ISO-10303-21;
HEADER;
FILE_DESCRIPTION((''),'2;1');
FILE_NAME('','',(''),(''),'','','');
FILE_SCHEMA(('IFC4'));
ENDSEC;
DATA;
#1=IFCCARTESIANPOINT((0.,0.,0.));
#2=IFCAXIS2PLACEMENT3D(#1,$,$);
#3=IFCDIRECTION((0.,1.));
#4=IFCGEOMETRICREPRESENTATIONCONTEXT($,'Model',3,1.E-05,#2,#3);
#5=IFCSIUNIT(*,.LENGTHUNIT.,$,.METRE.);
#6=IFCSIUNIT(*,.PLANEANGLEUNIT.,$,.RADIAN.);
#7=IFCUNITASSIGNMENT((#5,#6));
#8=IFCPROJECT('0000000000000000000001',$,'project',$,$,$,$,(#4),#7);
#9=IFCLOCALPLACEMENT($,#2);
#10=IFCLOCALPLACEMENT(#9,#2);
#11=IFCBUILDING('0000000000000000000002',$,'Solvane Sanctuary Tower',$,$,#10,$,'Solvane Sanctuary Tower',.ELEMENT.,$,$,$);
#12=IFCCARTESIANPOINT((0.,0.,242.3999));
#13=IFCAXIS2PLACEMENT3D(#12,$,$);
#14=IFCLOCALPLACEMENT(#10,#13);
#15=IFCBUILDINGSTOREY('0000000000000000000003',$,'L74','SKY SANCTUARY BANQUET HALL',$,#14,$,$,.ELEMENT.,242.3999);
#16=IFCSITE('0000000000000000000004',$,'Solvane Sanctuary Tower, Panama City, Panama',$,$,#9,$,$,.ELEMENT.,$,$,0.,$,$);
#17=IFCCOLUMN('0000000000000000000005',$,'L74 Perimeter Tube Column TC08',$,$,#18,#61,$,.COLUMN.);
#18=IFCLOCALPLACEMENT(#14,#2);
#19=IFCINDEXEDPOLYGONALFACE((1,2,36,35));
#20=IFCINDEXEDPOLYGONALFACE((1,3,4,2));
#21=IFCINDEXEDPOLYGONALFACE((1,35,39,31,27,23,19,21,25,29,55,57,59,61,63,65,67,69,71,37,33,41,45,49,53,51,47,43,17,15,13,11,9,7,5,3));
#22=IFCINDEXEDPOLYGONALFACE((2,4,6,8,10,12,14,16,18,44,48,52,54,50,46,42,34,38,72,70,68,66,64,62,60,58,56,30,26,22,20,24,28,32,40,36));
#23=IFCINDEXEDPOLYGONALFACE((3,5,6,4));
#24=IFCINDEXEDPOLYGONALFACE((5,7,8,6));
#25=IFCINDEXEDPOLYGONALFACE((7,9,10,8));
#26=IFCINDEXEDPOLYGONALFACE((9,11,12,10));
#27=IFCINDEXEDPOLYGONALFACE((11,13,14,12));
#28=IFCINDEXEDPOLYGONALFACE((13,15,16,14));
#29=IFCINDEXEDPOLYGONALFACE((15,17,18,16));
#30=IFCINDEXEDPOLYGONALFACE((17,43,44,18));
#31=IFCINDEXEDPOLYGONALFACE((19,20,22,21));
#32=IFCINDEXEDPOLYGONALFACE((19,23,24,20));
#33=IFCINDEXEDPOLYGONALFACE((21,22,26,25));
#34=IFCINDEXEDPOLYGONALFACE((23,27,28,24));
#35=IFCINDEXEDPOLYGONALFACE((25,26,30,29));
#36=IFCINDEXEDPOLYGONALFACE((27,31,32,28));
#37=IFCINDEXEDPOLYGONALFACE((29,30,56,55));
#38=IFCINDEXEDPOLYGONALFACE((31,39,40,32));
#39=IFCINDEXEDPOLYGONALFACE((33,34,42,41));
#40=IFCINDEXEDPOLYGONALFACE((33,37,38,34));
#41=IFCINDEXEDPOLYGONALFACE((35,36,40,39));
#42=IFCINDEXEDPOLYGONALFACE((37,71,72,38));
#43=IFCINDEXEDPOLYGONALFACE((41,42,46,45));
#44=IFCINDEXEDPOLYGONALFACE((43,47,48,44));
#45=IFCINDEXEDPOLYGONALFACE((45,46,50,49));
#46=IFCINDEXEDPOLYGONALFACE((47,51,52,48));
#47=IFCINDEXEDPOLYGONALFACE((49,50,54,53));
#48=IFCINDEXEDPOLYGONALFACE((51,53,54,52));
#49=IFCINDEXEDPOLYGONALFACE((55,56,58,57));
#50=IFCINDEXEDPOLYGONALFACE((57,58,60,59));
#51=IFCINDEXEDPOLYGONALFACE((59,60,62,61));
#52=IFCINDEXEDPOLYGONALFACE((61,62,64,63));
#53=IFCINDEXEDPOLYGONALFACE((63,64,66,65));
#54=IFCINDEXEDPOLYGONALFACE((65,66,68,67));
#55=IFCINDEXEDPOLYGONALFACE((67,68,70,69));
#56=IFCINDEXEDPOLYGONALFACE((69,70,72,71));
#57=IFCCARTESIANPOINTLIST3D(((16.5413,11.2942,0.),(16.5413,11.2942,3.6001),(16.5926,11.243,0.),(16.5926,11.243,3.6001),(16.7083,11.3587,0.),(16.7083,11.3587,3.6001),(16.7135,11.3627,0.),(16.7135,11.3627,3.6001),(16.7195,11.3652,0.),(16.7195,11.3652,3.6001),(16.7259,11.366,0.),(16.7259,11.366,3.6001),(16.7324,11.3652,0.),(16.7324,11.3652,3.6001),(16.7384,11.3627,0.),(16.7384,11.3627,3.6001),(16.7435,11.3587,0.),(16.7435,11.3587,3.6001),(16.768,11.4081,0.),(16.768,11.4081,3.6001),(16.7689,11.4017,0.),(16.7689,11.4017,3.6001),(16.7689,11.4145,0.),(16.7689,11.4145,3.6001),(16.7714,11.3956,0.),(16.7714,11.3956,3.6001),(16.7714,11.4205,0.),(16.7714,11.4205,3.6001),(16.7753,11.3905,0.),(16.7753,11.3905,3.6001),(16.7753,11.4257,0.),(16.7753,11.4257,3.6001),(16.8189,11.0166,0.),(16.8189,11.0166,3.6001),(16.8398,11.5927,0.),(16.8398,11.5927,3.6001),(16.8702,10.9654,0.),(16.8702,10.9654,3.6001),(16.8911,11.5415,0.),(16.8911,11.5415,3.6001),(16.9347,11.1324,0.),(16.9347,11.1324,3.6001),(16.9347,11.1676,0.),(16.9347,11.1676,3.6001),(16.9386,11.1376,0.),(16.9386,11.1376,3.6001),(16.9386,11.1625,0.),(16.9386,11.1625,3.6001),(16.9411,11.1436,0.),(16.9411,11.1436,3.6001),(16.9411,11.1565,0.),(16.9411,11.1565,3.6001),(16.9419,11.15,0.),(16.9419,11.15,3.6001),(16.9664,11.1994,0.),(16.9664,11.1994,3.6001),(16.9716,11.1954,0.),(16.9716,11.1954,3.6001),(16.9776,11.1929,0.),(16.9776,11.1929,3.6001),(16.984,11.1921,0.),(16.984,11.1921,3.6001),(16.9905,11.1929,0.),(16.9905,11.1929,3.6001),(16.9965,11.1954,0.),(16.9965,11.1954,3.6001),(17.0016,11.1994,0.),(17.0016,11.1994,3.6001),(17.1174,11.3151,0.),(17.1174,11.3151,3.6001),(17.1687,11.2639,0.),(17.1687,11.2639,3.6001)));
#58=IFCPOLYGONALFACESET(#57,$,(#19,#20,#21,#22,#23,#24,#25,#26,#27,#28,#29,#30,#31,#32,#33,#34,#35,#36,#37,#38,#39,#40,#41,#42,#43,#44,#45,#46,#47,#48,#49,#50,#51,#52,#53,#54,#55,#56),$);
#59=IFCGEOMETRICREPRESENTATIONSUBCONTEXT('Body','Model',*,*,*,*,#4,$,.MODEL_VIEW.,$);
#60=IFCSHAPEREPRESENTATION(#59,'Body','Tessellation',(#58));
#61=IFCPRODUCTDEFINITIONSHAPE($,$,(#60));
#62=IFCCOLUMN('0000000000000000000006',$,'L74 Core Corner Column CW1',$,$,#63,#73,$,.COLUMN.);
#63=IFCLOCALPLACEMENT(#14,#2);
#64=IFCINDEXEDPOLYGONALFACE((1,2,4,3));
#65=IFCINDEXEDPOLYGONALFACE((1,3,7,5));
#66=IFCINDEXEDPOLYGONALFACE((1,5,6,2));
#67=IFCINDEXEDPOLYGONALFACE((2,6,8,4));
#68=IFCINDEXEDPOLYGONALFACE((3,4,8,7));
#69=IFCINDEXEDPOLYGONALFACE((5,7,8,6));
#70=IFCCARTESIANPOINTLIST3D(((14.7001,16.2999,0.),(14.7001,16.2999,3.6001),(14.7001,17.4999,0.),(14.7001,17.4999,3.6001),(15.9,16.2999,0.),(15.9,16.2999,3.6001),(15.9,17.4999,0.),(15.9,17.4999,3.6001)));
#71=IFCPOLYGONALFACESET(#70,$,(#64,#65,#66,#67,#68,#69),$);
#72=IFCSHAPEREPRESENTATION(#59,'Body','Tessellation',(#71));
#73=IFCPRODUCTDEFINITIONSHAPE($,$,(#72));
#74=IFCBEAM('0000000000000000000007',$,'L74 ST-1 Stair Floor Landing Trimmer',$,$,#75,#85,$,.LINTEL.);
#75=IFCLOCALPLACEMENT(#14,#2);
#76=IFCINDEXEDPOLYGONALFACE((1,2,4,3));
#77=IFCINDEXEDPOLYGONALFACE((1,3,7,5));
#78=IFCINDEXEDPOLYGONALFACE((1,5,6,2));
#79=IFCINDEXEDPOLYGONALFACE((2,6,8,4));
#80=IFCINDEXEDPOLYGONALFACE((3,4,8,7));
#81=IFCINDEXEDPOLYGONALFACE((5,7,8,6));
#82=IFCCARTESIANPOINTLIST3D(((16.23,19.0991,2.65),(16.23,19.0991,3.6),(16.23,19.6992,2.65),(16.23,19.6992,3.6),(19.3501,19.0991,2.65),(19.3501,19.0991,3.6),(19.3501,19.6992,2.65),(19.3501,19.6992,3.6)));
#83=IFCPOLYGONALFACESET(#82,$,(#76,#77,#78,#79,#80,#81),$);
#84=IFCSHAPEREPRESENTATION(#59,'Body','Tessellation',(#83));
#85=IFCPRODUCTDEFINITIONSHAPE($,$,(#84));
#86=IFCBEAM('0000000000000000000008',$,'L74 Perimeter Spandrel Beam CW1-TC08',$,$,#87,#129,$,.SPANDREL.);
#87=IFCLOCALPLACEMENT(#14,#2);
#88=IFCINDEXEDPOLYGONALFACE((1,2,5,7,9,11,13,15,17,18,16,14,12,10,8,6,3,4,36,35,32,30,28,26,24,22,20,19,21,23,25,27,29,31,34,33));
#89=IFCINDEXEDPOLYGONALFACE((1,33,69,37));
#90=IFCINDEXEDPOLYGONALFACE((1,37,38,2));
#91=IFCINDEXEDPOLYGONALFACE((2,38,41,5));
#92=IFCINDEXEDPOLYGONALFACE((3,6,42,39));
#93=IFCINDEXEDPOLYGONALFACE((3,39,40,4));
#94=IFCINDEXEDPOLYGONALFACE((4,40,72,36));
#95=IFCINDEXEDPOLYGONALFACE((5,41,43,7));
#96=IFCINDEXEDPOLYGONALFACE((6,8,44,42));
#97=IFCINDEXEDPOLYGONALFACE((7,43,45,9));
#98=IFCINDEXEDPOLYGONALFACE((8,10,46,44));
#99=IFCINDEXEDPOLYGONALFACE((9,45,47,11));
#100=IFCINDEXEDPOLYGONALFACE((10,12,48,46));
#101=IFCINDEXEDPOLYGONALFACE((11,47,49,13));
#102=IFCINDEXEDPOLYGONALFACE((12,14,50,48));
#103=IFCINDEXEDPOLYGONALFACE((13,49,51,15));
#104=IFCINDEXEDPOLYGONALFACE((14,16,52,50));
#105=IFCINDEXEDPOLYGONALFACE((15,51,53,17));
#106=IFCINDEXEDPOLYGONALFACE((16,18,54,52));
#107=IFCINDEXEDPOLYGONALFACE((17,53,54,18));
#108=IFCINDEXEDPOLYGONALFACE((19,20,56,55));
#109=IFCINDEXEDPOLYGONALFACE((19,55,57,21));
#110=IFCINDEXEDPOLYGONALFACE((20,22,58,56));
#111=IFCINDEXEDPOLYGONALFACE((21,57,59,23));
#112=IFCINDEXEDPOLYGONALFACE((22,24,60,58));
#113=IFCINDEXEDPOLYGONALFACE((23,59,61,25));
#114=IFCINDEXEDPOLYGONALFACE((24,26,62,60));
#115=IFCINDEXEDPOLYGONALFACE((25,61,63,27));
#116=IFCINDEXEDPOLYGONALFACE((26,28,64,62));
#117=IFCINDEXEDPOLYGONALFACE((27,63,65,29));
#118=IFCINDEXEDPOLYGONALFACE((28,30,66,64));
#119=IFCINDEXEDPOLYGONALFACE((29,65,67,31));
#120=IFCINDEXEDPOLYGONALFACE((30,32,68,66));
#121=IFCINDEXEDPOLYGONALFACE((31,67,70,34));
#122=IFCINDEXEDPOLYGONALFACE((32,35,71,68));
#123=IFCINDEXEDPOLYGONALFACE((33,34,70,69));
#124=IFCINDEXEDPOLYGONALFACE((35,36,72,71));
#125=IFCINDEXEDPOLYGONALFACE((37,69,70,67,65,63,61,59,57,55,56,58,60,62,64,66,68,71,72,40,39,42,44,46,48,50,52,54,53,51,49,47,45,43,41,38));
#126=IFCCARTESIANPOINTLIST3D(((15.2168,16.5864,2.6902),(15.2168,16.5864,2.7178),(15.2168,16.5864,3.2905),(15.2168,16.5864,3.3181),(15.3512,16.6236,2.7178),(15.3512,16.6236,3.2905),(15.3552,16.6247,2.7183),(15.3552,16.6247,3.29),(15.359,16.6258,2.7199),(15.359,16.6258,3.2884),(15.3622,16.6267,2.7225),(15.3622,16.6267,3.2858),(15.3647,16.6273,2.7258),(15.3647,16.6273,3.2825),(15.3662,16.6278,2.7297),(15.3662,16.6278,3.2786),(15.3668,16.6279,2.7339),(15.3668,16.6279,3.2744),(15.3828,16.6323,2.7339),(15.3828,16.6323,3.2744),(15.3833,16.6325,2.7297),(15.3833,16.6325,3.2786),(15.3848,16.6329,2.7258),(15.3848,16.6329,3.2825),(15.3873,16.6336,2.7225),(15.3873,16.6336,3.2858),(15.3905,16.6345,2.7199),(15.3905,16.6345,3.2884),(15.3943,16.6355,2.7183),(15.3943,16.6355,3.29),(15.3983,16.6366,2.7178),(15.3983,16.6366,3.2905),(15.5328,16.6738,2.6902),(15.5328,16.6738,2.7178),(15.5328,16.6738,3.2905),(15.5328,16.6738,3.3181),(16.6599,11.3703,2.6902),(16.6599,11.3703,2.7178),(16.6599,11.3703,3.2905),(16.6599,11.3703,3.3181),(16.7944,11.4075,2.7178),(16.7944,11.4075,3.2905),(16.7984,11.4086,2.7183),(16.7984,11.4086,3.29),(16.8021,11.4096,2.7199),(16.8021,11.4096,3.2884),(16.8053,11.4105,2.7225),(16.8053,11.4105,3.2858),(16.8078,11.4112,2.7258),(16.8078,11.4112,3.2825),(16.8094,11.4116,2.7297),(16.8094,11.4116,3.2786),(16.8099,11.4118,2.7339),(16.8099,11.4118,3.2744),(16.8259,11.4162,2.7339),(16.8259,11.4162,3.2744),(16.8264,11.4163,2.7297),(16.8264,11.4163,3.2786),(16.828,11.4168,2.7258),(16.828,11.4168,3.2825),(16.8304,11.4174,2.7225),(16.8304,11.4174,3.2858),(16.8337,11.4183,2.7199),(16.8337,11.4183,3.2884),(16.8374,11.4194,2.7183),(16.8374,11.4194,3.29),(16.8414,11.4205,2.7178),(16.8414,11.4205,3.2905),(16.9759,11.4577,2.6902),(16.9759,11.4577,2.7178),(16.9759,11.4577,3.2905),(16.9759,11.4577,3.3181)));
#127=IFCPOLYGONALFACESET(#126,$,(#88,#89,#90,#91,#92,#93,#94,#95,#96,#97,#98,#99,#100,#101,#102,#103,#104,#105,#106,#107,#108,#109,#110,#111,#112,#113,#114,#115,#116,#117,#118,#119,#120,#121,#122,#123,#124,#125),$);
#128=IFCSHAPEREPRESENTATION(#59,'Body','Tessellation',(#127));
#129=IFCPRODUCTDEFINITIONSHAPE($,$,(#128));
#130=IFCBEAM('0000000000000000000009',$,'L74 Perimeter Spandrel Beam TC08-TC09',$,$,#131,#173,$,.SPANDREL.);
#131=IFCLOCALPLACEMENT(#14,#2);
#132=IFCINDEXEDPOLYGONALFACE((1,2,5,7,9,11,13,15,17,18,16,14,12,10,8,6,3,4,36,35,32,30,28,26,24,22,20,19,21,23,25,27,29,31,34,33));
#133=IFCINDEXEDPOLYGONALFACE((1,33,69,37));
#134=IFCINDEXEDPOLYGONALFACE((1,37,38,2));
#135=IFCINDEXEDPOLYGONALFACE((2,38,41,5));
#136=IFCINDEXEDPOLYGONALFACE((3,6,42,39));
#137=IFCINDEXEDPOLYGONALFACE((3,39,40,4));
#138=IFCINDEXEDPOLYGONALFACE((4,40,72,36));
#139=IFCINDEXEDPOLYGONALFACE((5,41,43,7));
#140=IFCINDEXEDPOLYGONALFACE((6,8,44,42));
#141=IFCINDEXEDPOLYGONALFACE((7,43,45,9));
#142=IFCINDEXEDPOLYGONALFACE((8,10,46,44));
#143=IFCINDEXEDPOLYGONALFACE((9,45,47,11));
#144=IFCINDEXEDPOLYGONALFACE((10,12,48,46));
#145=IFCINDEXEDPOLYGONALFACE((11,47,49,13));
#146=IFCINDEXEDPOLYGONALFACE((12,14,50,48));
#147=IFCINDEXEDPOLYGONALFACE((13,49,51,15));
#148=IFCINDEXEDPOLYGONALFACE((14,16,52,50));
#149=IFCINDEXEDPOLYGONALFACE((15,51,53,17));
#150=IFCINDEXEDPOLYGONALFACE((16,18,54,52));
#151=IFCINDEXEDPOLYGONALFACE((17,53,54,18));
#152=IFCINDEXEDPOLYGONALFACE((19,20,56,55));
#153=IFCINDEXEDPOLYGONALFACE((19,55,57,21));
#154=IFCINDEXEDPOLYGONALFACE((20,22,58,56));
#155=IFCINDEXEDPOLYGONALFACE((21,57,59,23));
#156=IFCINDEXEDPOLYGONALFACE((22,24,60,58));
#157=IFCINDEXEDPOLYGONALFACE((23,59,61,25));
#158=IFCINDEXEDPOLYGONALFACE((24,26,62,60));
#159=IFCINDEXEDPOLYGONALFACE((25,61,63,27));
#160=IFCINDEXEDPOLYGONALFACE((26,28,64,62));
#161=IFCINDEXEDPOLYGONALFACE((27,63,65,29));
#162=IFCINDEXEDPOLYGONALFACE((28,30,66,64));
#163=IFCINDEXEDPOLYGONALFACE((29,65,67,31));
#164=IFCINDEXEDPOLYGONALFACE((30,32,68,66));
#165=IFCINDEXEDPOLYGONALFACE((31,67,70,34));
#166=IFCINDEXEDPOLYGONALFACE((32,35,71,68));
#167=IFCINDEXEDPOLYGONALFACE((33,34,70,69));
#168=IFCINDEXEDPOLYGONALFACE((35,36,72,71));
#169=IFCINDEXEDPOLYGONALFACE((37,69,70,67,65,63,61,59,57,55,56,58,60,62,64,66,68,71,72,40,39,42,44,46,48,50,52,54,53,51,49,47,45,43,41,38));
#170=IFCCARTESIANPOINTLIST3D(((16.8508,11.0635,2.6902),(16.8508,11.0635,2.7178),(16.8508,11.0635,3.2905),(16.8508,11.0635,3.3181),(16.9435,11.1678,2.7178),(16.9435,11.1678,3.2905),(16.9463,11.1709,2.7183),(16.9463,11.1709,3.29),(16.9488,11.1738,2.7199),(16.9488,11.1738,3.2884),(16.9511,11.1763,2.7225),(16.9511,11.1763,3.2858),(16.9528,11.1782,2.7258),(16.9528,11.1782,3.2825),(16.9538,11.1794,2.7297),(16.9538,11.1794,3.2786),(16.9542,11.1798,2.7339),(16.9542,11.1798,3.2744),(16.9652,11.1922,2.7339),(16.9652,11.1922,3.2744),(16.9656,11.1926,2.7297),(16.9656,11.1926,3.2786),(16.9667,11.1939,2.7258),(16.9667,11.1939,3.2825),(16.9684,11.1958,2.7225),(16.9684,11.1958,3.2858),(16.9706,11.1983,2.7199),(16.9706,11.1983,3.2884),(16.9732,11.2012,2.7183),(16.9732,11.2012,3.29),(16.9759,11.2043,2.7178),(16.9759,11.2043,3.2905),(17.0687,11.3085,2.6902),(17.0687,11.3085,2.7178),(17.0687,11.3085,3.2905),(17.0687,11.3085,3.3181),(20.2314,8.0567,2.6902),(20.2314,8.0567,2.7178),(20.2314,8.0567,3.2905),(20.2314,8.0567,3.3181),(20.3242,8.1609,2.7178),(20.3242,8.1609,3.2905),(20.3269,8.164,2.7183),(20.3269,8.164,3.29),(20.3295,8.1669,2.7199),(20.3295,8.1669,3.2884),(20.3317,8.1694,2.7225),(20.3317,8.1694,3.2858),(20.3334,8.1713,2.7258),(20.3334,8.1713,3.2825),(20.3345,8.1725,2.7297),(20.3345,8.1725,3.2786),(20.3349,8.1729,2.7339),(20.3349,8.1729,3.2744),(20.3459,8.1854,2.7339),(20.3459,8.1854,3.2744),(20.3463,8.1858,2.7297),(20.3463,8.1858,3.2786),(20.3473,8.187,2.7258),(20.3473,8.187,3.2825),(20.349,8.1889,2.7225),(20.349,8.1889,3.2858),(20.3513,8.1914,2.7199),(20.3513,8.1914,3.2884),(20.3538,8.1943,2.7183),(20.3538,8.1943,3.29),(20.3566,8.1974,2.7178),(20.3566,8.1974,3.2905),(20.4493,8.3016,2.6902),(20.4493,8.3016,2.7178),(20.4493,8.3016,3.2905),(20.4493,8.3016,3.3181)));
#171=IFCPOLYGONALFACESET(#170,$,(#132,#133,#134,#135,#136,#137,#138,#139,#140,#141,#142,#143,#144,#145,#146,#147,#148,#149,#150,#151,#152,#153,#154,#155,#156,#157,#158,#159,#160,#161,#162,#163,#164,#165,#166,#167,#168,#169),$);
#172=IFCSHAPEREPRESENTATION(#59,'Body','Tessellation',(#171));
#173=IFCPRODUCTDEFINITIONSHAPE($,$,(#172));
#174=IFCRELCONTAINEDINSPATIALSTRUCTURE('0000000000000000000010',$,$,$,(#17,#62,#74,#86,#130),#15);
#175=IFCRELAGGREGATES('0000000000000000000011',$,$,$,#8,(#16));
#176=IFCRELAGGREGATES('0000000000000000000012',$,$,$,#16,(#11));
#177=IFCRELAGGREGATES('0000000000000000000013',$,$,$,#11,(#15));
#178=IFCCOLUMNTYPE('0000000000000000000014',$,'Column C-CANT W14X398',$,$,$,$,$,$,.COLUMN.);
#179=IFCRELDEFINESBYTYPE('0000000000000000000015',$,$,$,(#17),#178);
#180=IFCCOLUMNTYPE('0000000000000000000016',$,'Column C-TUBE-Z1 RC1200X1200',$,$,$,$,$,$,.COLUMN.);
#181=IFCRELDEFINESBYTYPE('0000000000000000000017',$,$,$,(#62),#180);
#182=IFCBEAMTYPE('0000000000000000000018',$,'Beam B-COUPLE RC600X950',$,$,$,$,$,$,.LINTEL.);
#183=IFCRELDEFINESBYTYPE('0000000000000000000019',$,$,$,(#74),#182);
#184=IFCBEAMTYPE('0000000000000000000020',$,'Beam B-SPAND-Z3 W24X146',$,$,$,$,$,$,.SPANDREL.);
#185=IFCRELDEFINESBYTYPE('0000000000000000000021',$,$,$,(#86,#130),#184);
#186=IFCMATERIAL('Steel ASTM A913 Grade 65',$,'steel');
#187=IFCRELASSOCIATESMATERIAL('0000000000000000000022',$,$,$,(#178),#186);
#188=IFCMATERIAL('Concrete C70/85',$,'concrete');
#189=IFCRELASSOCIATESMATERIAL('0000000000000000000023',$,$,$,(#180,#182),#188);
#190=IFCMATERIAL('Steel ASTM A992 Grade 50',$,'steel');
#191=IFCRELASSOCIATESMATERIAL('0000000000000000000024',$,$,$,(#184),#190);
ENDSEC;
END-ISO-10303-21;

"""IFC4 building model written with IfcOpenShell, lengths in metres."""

from ifc_helpers import new_model, si_unit, direction, frame, origin, origin_2d, place, context, subcontext, project, spatial, rectangle, i_section, extrude, material, material_profile, profile_set, type_object, element, save


model = new_model("IFC4")

# Units and contexts
model_context = context("Model", 3, precision=1e-05, world=origin(), true_north=direction((0.0, 1.0)))
body_context = subcontext(model_context, "Body", "Model", "MODEL_VIEW")
ifc_project = project(units=[si_unit("LENGTHUNIT", "METRE"), si_unit("PLANEANGLEUNIT", "RADIAN")], contexts=[model_context])

# Site, building, storey
site_placement = place(None, origin())
site = spatial("IfcSite", under=ifc_project, at=site_placement, Name="Solvane Sanctuary Tower, Panama City, Panama", CompositionType="ELEMENT", RefElevation=0.0)
building_placement = place(site_placement, origin())
building = spatial("IfcBuilding", under=site, at=building_placement, Name="Solvane Sanctuary Tower", LongName="Solvane Sanctuary Tower", CompositionType="ELEMENT")
storey_placement = place(building_placement, frame((0.0, 0.0, 242.3999)))
storey = spatial("IfcBuildingStorey", under=building, at=storey_placement, Name="L74", Description="SKY SANCTUARY BANQUET HALL", CompositionType="ELEMENT", Elevation=242.3999)

# Columns
ifc_material_1 = material(Name="Steel ASTM A913 Grade 65", Category="steel")
ifc_material_profile_1 = material_profile(ifc_material_1, i_section(OverallWidth=0.4221, OverallDepth=0.4651, WebThickness=0.0449, FlangeThickness=0.0725, FilletRadius=0.0249, at=origin_2d()), Name="W14X398")
ifc_profile_set_1 = profile_set([ifc_material_profile_1], Name="Steel ASTM A913 Grade 65")
column_type_1 = type_object("IfcColumnType", Name="Column C-CANT W14X398", PredefinedType="COLUMN", material=ifc_profile_set_1)
column_1_placement = place(storey_placement, frame((16.855, 11.2791, 0.0), z_axis=(0.0, 0.0, 1.0), x_axis=(-0.707107, -0.707107, 0.0)))
element("IfcColumn", 1, at=column_1_placement, inside=storey, type_object=column_type_1, Name="L74 Perimeter Tube Column TC08", PredefinedType="COLUMN", context=body_context, shape_type="SweptSolid", body=[
    extrude(i_section(OverallWidth=0.4221, OverallDepth=0.4651, WebThickness=0.0449, FlangeThickness=0.0725, FilletRadius=0.0249, at=origin_2d()), origin(), (0.0, 0.0, 1.0), 3.6001),
])
ifc_material_2 = material(Name="Concrete C70/85", Category="concrete")
ifc_material_profile_2 = material_profile(ifc_material_2, rectangle(XDim=1.2, YDim=1.2, at=origin_2d()), Name="RC1200X1200")
ifc_profile_set_2 = profile_set([ifc_material_profile_2], Name="Concrete C70/85")
column_type_2 = type_object("IfcColumnType", Name="Column C-TUBE-Z1 RC1200X1200", PredefinedType="COLUMN", material=ifc_profile_set_2)
column_2_placement = place(storey_placement, frame((15.3, 16.8999, 0.0), z_axis=(0.0, 0.0, 1.0), x_axis=(1.0, 0.0, 0.0)))
element("IfcColumn", 2, at=column_2_placement, inside=storey, type_object=column_type_2, Name="L74 Core Corner Column CW1", PredefinedType="COLUMN", context=body_context, shape_type="SweptSolid", body=[
    extrude(rectangle(XDim=1.2, YDim=1.2, at=origin_2d()), origin(), (0.0, 0.0, 1.0), 3.6001),
])

# Beams
ifc_material_profile_3 = material_profile(ifc_material_2, rectangle(XDim=0.6001, YDim=0.95, at=origin_2d()), Name="RC600X950")
ifc_profile_set_3 = profile_set([ifc_material_profile_3], Name="Concrete C70/85")
beam_type_1 = type_object("IfcBeamType", Name="Beam B-COUPLE RC600X950", PredefinedType="LINTEL", material=ifc_profile_set_3)
beam_1_placement = place(storey_placement, frame((16.23, 19.3992, 3.125), z_axis=(1.0, 0.0, 0.0), x_axis=(0.0, 1.0, 0.0)))
element("IfcBeam", 3, at=beam_1_placement, inside=storey, type_object=beam_type_1, Name="L74 ST-1 Stair Floor Landing Trimmer", PredefinedType="LINTEL", context=body_context, shape_type="SweptSolid", body=[
    extrude(rectangle(XDim=0.6001, YDim=0.95, at=origin_2d()), origin(), (0.0, 0.0, 1.0), 3.1201),
])
ifc_material_3 = material(Name="Steel ASTM A992 Grade 50", Category="steel")
ifc_material_profile_4 = material_profile(ifc_material_3, i_section(OverallWidth=0.3279, OverallDepth=0.6279, WebThickness=0.0166, FlangeThickness=0.0276, FilletRadius=0.0161, at=origin_2d()), Name="W24X146")
ifc_profile_set_4 = profile_set([ifc_material_profile_4], Name="Steel ASTM A992 Grade 50")
beam_type_2 = type_object("IfcBeamType", Name="Beam B-SPAND-Z3 W24X146", PredefinedType="SPANDREL", material=ifc_profile_set_4)
beam_2_placement = place(storey_placement, frame((15.3748, 16.6301, 3.0042), z_axis=(0.26665, -0.963793, 0.0), x_axis=(0.963793, 0.26665, 0.0)))
element("IfcBeam", 4, at=beam_2_placement, inside=storey, type_object=beam_type_2, Name="L74 Perimeter Spandrel Beam CW1-TC08", PredefinedType="SPANDREL", context=body_context, shape_type="SweptSolid", body=[
    extrude(i_section(OverallWidth=0.3279, OverallDepth=0.6279, WebThickness=0.0166, FlangeThickness=0.0276, FilletRadius=0.0161, at=origin_2d()), origin(), (0.0, 0.0, 1.0), 5.4121),
])
beam_3_placement = place(storey_placement, frame((16.9597, 11.186, 3.0042), z_axis=(0.747207, -0.664592, 0.0), x_axis=(0.664592, 0.747207, 0.0)))
element("IfcBeam", 5, at=beam_3_placement, inside=storey, type_object=beam_type_2, Name="L74 Perimeter Spandrel Beam TC08-TC09", PredefinedType="SPANDREL", context=body_context, shape_type="SweptSolid", body=[
    extrude(i_section(OverallWidth=0.3279, OverallDepth=0.6279, WebThickness=0.0166, FlangeThickness=0.0276, FilletRadius=0.0161, at=origin_2d()), origin(), (0.0, 0.0, 1.0), 4.5244),
])

save(model, "model.ifc")
